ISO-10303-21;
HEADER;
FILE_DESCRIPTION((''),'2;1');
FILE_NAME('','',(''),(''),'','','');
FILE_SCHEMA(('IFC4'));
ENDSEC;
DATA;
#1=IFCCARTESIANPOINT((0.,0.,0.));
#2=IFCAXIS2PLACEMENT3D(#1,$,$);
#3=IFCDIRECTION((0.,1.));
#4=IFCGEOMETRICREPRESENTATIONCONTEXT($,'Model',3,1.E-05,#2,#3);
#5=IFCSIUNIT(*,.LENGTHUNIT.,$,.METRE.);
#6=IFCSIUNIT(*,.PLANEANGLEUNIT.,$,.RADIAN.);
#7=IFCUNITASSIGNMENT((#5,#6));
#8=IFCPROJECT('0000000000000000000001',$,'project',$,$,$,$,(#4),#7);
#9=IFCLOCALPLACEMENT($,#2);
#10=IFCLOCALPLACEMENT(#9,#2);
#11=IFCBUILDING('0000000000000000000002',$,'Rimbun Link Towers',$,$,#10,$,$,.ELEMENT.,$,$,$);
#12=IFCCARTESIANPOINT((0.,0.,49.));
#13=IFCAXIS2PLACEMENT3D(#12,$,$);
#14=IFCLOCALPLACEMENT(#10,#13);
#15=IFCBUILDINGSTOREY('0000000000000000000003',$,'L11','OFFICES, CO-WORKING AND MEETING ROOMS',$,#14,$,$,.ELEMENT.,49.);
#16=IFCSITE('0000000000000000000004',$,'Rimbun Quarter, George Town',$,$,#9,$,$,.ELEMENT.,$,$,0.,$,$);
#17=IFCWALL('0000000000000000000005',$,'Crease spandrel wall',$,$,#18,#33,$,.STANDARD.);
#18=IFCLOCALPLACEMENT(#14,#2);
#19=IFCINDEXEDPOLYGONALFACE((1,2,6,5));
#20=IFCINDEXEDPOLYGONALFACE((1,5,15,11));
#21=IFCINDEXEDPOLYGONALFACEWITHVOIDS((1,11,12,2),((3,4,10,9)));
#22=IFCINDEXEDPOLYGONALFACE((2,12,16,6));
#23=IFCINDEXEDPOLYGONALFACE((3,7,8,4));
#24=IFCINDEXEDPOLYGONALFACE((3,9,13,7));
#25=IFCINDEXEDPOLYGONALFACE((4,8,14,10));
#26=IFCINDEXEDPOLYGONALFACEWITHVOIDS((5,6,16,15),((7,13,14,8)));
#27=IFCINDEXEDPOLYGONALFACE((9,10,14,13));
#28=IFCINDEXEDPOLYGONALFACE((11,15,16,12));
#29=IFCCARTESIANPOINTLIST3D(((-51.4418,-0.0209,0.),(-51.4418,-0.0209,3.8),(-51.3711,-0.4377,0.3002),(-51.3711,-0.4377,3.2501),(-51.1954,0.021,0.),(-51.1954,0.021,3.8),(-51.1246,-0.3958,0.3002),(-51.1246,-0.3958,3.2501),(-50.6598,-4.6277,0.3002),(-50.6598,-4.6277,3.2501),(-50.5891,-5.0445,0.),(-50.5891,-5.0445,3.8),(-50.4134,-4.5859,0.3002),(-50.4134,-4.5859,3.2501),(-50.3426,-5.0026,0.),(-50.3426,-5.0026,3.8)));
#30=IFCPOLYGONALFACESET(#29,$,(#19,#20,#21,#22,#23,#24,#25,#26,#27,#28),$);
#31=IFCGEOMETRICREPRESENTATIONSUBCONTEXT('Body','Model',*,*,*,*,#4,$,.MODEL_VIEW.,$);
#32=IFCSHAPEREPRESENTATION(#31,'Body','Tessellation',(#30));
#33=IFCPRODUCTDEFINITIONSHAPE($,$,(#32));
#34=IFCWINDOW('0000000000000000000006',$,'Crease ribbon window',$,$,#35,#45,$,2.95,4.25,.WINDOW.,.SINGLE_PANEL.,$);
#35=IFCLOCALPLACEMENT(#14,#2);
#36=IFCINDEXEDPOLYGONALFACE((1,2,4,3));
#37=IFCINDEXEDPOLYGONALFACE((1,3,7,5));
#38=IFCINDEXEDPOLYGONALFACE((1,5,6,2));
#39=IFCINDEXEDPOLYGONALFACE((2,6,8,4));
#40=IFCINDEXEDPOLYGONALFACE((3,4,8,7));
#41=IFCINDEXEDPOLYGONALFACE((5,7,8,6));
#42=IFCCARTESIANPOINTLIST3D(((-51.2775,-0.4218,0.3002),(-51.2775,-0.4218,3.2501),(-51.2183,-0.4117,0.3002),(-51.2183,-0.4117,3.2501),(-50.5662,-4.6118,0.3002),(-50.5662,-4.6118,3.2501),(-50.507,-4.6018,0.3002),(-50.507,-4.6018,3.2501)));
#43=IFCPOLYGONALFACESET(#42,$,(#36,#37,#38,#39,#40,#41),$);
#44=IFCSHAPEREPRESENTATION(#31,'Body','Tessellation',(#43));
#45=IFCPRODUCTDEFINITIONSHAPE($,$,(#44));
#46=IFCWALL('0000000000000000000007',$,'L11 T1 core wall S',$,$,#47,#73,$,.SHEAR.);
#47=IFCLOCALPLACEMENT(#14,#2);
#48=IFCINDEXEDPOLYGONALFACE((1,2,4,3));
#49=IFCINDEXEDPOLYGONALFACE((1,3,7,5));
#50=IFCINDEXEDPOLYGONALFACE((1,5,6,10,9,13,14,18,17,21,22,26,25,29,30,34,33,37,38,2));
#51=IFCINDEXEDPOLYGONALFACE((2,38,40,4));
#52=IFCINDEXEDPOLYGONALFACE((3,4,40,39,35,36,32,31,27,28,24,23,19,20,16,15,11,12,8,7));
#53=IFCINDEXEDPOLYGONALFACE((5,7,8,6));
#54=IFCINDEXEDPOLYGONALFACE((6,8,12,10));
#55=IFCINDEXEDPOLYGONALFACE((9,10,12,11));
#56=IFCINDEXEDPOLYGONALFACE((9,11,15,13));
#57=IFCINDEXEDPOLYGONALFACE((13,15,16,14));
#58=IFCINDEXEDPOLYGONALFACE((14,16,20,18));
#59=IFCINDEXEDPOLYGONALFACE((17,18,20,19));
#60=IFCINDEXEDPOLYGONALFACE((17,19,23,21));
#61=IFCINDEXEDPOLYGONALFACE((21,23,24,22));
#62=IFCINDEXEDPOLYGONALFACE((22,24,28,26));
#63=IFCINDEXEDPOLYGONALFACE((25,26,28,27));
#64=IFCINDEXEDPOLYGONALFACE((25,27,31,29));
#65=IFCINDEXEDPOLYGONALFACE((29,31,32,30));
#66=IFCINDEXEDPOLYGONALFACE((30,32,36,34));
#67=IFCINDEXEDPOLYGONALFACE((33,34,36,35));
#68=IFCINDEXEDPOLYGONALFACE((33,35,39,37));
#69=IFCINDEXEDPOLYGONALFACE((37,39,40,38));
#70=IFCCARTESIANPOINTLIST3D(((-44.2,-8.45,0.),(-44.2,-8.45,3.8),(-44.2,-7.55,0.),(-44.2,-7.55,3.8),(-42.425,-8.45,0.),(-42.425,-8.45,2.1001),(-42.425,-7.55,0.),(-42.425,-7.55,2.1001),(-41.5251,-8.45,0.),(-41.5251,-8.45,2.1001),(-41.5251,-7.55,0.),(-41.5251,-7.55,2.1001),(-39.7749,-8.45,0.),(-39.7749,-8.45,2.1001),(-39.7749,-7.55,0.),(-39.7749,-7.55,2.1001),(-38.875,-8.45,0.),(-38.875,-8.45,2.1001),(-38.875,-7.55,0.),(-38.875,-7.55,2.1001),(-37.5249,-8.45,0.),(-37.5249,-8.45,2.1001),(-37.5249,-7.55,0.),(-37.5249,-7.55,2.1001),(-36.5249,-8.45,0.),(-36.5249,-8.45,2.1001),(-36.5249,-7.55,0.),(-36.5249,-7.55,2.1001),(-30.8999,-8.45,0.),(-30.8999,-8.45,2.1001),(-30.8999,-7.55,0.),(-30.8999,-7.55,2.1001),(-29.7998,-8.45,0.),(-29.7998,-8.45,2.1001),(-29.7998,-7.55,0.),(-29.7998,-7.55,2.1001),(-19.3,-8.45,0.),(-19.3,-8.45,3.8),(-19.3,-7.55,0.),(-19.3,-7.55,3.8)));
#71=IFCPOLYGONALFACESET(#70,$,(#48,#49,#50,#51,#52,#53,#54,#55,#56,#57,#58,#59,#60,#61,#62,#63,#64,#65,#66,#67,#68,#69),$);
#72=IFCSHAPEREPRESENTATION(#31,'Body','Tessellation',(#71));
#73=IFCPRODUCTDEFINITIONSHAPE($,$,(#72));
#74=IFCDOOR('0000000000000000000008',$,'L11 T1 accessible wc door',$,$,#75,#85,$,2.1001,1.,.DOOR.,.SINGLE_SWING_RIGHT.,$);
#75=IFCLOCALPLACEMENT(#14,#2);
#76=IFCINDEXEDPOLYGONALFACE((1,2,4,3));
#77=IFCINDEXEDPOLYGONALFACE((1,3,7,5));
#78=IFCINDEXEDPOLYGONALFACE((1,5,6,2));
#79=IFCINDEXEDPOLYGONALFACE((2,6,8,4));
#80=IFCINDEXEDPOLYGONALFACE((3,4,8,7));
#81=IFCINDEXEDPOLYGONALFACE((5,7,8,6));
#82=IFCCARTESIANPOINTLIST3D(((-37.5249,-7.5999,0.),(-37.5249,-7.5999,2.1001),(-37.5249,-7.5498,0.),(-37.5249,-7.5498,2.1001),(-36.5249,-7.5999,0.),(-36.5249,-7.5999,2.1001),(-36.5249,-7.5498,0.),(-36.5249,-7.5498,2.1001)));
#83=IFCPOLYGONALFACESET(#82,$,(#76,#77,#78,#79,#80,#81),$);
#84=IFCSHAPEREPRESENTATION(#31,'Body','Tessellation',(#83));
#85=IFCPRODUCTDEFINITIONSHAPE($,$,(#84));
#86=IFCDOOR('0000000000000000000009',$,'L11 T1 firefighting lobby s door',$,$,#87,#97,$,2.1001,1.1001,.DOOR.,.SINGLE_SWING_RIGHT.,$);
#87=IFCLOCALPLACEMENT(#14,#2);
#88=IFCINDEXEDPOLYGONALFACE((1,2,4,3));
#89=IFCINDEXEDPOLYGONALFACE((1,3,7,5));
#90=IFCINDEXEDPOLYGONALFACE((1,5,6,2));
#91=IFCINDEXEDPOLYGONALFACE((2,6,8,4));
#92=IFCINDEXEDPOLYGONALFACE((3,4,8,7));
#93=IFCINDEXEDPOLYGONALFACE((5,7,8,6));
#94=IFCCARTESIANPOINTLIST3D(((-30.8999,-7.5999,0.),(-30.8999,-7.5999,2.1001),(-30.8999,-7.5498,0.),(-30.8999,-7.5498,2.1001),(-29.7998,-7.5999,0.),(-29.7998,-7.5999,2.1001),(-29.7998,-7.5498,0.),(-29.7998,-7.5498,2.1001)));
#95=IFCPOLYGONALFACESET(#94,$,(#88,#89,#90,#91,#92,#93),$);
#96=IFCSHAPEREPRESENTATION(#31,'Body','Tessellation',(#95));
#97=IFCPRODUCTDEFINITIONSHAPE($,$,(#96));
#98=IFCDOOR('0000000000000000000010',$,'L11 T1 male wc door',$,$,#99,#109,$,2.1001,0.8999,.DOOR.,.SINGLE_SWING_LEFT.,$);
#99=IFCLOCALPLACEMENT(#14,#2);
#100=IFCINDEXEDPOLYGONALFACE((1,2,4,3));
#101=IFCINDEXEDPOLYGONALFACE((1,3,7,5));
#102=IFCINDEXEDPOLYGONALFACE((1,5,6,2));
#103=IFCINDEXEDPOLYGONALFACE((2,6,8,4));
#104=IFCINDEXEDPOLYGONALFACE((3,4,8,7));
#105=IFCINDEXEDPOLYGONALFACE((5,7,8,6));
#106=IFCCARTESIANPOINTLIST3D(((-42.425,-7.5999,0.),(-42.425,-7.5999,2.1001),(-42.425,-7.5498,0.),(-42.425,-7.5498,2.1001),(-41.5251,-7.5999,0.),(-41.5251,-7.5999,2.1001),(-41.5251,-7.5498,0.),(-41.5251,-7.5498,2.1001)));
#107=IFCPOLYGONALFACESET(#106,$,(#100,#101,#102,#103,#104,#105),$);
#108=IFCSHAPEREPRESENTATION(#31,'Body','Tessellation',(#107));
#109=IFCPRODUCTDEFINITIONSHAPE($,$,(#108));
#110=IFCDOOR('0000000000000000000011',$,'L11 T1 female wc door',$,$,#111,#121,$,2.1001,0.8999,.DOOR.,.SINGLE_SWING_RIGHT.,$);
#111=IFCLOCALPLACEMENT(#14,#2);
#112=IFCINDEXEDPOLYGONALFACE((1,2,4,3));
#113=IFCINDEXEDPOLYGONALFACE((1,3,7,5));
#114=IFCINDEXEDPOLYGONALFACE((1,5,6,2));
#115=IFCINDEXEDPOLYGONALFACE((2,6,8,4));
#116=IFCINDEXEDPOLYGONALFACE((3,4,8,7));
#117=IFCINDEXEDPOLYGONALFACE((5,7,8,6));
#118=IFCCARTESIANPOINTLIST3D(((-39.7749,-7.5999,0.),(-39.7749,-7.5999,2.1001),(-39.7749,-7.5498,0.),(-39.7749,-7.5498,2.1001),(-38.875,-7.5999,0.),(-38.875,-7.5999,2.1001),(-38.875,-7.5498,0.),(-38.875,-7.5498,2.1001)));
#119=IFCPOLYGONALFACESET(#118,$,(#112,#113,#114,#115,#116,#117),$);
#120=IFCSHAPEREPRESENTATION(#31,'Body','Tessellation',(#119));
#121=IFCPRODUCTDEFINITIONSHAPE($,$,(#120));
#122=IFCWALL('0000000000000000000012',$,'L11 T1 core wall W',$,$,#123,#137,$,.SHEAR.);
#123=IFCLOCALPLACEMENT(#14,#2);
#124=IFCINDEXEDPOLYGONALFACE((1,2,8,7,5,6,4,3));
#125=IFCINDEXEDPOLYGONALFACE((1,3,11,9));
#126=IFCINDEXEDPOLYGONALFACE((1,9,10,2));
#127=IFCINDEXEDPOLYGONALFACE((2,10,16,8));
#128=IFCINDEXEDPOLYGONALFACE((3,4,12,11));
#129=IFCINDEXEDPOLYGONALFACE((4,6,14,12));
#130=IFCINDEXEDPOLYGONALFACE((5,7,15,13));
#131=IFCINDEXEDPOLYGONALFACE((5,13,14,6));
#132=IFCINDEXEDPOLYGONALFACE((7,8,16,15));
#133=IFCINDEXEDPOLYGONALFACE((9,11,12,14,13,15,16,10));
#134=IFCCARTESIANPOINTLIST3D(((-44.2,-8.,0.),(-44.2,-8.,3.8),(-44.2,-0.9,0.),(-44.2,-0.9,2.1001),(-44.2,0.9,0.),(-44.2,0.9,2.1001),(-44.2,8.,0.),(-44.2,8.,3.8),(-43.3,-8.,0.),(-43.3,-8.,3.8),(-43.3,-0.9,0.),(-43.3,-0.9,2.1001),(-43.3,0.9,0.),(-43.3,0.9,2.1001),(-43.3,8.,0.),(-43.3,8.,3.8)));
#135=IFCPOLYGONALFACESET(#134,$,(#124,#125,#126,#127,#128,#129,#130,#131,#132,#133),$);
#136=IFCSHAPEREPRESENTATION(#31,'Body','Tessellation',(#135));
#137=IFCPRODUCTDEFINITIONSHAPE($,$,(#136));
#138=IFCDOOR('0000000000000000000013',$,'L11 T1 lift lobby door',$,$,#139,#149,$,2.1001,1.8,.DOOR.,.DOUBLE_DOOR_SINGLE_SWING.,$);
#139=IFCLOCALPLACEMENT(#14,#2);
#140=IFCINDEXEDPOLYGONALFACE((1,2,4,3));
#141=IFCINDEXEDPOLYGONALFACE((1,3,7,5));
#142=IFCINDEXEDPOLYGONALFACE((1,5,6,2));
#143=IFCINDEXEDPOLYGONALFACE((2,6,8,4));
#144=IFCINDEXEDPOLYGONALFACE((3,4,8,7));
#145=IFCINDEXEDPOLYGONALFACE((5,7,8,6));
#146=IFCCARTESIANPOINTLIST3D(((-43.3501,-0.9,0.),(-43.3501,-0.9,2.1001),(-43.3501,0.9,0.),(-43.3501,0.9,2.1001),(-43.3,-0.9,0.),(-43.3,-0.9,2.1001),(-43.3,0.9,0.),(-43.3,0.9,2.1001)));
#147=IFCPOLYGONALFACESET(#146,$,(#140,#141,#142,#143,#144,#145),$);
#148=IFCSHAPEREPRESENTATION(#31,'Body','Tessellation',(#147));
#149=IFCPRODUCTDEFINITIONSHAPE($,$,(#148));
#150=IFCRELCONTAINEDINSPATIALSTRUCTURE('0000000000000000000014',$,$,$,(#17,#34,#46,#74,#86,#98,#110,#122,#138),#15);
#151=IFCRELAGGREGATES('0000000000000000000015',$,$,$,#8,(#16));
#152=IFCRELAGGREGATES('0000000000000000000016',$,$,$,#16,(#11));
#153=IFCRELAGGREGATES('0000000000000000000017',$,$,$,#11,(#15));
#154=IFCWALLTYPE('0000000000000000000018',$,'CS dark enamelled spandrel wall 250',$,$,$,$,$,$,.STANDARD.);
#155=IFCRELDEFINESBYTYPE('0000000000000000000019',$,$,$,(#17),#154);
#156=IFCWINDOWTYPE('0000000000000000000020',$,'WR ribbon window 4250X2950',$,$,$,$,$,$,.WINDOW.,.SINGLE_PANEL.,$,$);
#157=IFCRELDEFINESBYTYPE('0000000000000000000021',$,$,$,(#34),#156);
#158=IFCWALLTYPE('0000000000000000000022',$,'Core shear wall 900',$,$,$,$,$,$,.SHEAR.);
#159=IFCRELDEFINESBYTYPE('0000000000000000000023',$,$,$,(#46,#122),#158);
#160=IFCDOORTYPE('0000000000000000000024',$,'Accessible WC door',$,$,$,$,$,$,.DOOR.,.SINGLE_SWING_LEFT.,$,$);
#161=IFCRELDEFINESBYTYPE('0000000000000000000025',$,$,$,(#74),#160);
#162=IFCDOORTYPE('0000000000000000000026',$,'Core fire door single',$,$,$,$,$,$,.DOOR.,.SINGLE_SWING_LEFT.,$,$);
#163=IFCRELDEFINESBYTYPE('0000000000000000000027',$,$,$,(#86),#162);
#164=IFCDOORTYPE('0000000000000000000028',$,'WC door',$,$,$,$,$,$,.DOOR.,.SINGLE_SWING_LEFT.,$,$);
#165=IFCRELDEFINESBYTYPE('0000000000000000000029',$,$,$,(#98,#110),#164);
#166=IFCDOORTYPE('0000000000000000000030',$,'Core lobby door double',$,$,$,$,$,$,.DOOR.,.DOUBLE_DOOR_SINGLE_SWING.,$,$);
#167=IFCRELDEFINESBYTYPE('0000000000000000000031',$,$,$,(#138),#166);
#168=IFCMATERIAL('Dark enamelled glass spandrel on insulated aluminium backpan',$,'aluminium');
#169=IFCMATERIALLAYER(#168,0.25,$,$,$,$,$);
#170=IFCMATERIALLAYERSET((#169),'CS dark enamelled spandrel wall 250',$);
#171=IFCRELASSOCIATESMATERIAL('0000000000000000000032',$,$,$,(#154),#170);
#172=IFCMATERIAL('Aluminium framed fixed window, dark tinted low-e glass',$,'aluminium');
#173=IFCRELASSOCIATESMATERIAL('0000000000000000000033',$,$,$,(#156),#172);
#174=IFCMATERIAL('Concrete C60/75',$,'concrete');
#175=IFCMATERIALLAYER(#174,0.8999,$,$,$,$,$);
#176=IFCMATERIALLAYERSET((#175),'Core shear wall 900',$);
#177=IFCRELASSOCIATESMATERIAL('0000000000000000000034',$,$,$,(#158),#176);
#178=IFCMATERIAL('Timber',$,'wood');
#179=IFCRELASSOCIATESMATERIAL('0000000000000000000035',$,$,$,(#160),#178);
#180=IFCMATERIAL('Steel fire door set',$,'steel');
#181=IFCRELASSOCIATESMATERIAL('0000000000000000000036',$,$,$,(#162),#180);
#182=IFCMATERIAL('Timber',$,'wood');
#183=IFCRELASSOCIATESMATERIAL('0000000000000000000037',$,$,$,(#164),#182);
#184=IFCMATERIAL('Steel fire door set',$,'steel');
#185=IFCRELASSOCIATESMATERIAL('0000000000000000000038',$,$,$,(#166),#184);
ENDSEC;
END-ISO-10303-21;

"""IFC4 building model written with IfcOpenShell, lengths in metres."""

from ifc_helpers import new_model, si_unit, direction, frame, frame_2d, origin, place, context, subcontext, project, spatial, rectangle, extrude, material, layer, layer_set, type_object, element, fill, save


model = new_model("IFC4")

# Units and contexts
model_context = context("Model", 3, precision=1e-05, world=origin(), true_north=direction((0.0, 1.0)))
body_context = subcontext(model_context, "Body", "Model", "MODEL_VIEW")
ifc_project = project(units=[si_unit("LENGTHUNIT", "METRE"), si_unit("PLANEANGLEUNIT", "RADIAN")], contexts=[model_context])

# Site, building, storey
site_placement = place(None, origin())
site = spatial("IfcSite", under=ifc_project, at=site_placement, Name="Rimbun Quarter, George Town", CompositionType="ELEMENT", RefElevation=0.0)
building_placement = place(site_placement, origin())
building = spatial("IfcBuilding", under=site, at=building_placement, Name="Rimbun Link Towers", CompositionType="ELEMENT")
storey_placement = place(building_placement, frame((0.0, 0.0, 49.0)))
storey = spatial("IfcBuildingStorey", under=building, at=storey_placement, Name="L11", Description="OFFICES, CO-WORKING AND MEETING ROOMS", CompositionType="ELEMENT", Elevation=49.0)

# Wall, opening, window
ifc_material_1 = material(Name="Dark enamelled glass spandrel on insulated aluminium backpan", Category="aluminium")
ifc_layer_1 = layer(ifc_material_1, 0.25)
ifc_layer_set_1 = layer_set([ifc_layer_1], Name="CS dark enamelled spandrel wall 250")
wall_type_1 = type_object("IfcWallType", Name="CS dark enamelled spandrel wall 250", PredefinedType="STANDARD", material=ifc_layer_set_1)
wall_1_placement = place(storey_placement, frame((-50.4658, -5.0237, 0.0), z_axis=(0.0, 0.0, 1.0), x_axis=(-0.167358, 0.985896, 0.0)))
wall_1 = element("IfcWall", 1, at=wall_1_placement, inside=storey, type_object=wall_type_1, Name="Crease spandrel wall", PredefinedType="STANDARD", context=body_context, shape_type="SweptSolid", body=[
    extrude(rectangle(XDim=5.0955, YDim=0.25, at=frame_2d((2.5479, 0.0))), origin(), (0.0, 0.0, 1.0), 3.8),
])
opening_1_placement = place(wall_1_placement, frame((0.4229, 0.0, 0.3)))
opening_1 = element("IfcOpeningElement", 2, at=opening_1_placement, cuts=wall_1, PredefinedType="OPENING", context=body_context, shape_type="SweptSolid", body=[
    extrude(rectangle(XDim=4.25, YDim=2.95, at=frame_2d((2.125, 1.4751))), frame((0.0, 0.135, 0.0), z_axis=(0.0, -1.0, 0.0), x_axis=(1.0, 0.0, 0.0)), (0.0, 0.0, 1.0), 0.27),
])
ifc_material_2 = material(Name="Aluminium framed fixed window, dark tinted low-e glass", Category="aluminium")
window_type_1 = type_object("IfcWindowType", Name="WR ribbon window 4250X2950", PartitioningType="SINGLE_PANEL", PredefinedType="WINDOW", material=ifc_material_2)
window_1_placement = place(opening_1_placement, origin())
window_1 = element("IfcWindow", 3, at=window_1_placement, inside=storey, type_object=window_type_1, Name="Crease ribbon window", OverallHeight=2.95, OverallWidth=4.25, PartitioningType="SINGLE_PANEL", PredefinedType="WINDOW", context=body_context, shape_type="SweptSolid", body=[
    extrude(rectangle(XDim=4.25, YDim=2.95, at=frame_2d((2.125, 1.4751))), frame((0.0, 0.03, 0.0), z_axis=(0.0, -1.0, 0.0), x_axis=(1.0, 0.0, 0.0)), (0.0, 0.0, 1.0), 0.0601),
])
fill(opening_1, window_1)

# Wall, openings, doors
ifc_material_3 = material(Name="Concrete C60/75", Category="concrete")
ifc_layer_2 = layer(ifc_material_3, 0.8999)
ifc_layer_set_2 = layer_set([ifc_layer_2], Name="Core shear wall 900")
wall_type_2 = type_object("IfcWallType", Name="Core shear wall 900", PredefinedType="SHEAR", material=ifc_layer_set_2)
wall_2_placement = place(storey_placement, frame((-44.2, -8.0, 0.0), z_axis=(0.0, 0.0, 1.0), x_axis=(1.0, 0.0, 0.0)))
wall_2 = element("IfcWall", 4, at=wall_2_placement, inside=storey, type_object=wall_type_2, Name="L11 T1 core wall S", PredefinedType="SHEAR", context=body_context, shape_type="SweptSolid", body=[
    extrude(rectangle(XDim=24.8999, YDim=0.8999, at=frame_2d((12.45, 0.0))), origin(), (0.0, 0.0, 1.0), 3.8),
])
opening_2_placement = place(wall_2_placement, frame((13.3, 0.0, 0.0)))
opening_2 = element("IfcOpeningElement", 5, at=opening_2_placement, cuts=wall_2, PredefinedType="OPENING", context=body_context, shape_type="SweptSolid", body=[
    extrude(rectangle(XDim=1.1001, YDim=2.1001, at=frame_2d((0.55, 1.05))), frame((0.0, 0.46, 0.0), z_axis=(0.0, -1.0, 0.0), x_axis=(1.0, 0.0, 0.0)), (0.0, 0.0, 1.0), 0.9199),
])
opening_3_placement = place(wall_2_placement, frame((1.7749, 0.0, 0.0)))
opening_3 = element("IfcOpeningElement", 6, at=opening_3_placement, cuts=wall_2, PredefinedType="OPENING", context=body_context, shape_type="SweptSolid", body=[
    extrude(rectangle(XDim=0.8999, YDim=2.1001, at=frame_2d((0.45, 1.05))), frame((0.0, 0.46, 0.0), z_axis=(0.0, -1.0, 0.0), x_axis=(1.0, 0.0, 0.0)), (0.0, 0.0, 1.0), 0.9199),
])
opening_4_placement = place(wall_2_placement, frame((4.425, 0.0, 0.0)))
opening_4 = element("IfcOpeningElement", 7, at=opening_4_placement, cuts=wall_2, PredefinedType="OPENING", context=body_context, shape_type="SweptSolid", body=[
    extrude(rectangle(XDim=0.8999, YDim=2.1001, at=frame_2d((0.45, 1.05))), frame((0.0, 0.46, 0.0), z_axis=(0.0, -1.0, 0.0), x_axis=(1.0, 0.0, 0.0)), (0.0, 0.0, 1.0), 0.9199),
])
opening_5_placement = place(wall_2_placement, frame((6.675, 0.0, 0.0)))
opening_5 = element("IfcOpeningElement", 8, at=opening_5_placement, cuts=wall_2, PredefinedType="OPENING", context=body_context, shape_type="SweptSolid", body=[
    extrude(rectangle(XDim=1.0, YDim=2.1001, at=frame_2d((0.5, 1.05))), frame((0.0, 0.46, 0.0), z_axis=(0.0, -1.0, 0.0), x_axis=(1.0, 0.0, 0.0)), (0.0, 0.0, 1.0), 0.9199),
])
ifc_material_4 = material(Name="Timber", Category="wood")
door_type_1 = type_object("IfcDoorType", Name="Accessible WC door", OperationType="SINGLE_SWING_LEFT", PredefinedType="DOOR", material=ifc_material_4)
door_1_placement = place(opening_5_placement, origin())
door_1 = element("IfcDoor", 9, at=door_1_placement, inside=storey, type_object=door_type_1, Name="L11 T1 accessible wc door", OperationType="SINGLE_SWING_RIGHT", OverallHeight=2.1001, OverallWidth=1.0, PredefinedType="DOOR", context=body_context, shape_type="SweptSolid", body=[
    extrude(rectangle(XDim=1.0, YDim=2.1001, at=frame_2d((0.5, 1.05))), frame((0.0, 0.4502, 0.0), z_axis=(0.0, -1.0, 0.0), x_axis=(1.0, 0.0, 0.0)), (0.0, 0.0, 1.0), 0.05),
])
fill(opening_5, door_1)
ifc_material_5 = material(Name="Steel fire door set", Category="steel")
door_type_2 = type_object("IfcDoorType", Name="Core fire door single", OperationType="SINGLE_SWING_LEFT", PredefinedType="DOOR", material=ifc_material_5)
door_2_placement = place(opening_2_placement, origin())
door_2 = element("IfcDoor", 10, at=door_2_placement, inside=storey, type_object=door_type_2, Name="L11 T1 firefighting lobby s door", OperationType="SINGLE_SWING_RIGHT", OverallHeight=2.1001, OverallWidth=1.1001, PredefinedType="DOOR", context=body_context, shape_type="SweptSolid", body=[
    extrude(rectangle(XDim=1.1001, YDim=2.1001, at=frame_2d((0.55, 1.05))), frame((0.0, 0.4502, 0.0), z_axis=(0.0, -1.0, 0.0), x_axis=(1.0, 0.0, 0.0)), (0.0, 0.0, 1.0), 0.05),
])
fill(opening_2, door_2)
ifc_material_6 = material(Name="Timber", Category="wood")
door_type_3 = type_object("IfcDoorType", Name="WC door", OperationType="SINGLE_SWING_LEFT", PredefinedType="DOOR", material=ifc_material_6)
door_3_placement = place(opening_3_placement, origin())
door_3 = element("IfcDoor", 11, at=door_3_placement, inside=storey, type_object=door_type_3, Name="L11 T1 male wc door", OperationType="SINGLE_SWING_LEFT", OverallHeight=2.1001, OverallWidth=0.8999, PredefinedType="DOOR", context=body_context, shape_type="SweptSolid", body=[
    extrude(rectangle(XDim=0.8999, YDim=2.1001, at=frame_2d((0.45, 1.05))), frame((0.0, 0.4502, 0.0), z_axis=(0.0, -1.0, 0.0), x_axis=(1.0, 0.0, 0.0)), (0.0, 0.0, 1.0), 0.05),
])
fill(opening_3, door_3)
door_4_placement = place(opening_4_placement, origin())
door_4 = element("IfcDoor", 12, at=door_4_placement, inside=storey, type_object=door_type_3, Name="L11 T1 female wc door", OperationType="SINGLE_SWING_RIGHT", OverallHeight=2.1001, OverallWidth=0.8999, PredefinedType="DOOR", context=body_context, shape_type="SweptSolid", body=[
    extrude(rectangle(XDim=0.8999, YDim=2.1001, at=frame_2d((0.45, 1.05))), frame((0.0, 0.4502, 0.0), z_axis=(0.0, -1.0, 0.0), x_axis=(1.0, 0.0, 0.0)), (0.0, 0.0, 1.0), 0.05),
])
fill(opening_4, door_4)

# Wall, opening, door
wall_3_placement = place(storey_placement, frame((-43.75, -8.0, 0.0), z_axis=(0.0, 0.0, 1.0), x_axis=(0.0, 1.0, 0.0)))
wall_3 = element("IfcWall", 13, at=wall_3_placement, inside=storey, type_object=wall_type_2, Name="L11 T1 core wall W", PredefinedType="SHEAR", context=body_context, shape_type="SweptSolid", body=[
    extrude(rectangle(XDim=16.0, YDim=0.8999, at=frame_2d((8.0, 0.0))), origin(), (0.0, 0.0, 1.0), 3.8),
])
opening_6_placement = place(wall_3_placement, frame((7.1001, 0.0, 0.0)))
opening_6 = element("IfcOpeningElement", 14, at=opening_6_placement, cuts=wall_3, PredefinedType="OPENING", context=body_context, shape_type="SweptSolid", body=[
    extrude(rectangle(XDim=1.8, YDim=2.1001, at=frame_2d((0.8999, 1.05))), frame((0.0, 0.46, 0.0), z_axis=(0.0, -1.0, 0.0), x_axis=(1.0, 0.0, 0.0)), (0.0, 0.0, 1.0), 0.9199),
])
ifc_material_7 = material(Name="Steel fire door set", Category="steel")
door_type_4 = type_object("IfcDoorType", Name="Core lobby door double", OperationType="DOUBLE_DOOR_SINGLE_SWING", PredefinedType="DOOR", material=ifc_material_7)
door_5_placement = place(opening_6_placement, origin())
door_5 = element("IfcDoor", 15, at=door_5_placement, inside=storey, type_object=door_type_4, Name="L11 T1 lift lobby door", OperationType="DOUBLE_DOOR_SINGLE_SWING", OverallHeight=2.1001, OverallWidth=1.8, PredefinedType="DOOR", context=body_context, shape_type="SweptSolid", body=[
    extrude(rectangle(XDim=1.8, YDim=2.1001, at=frame_2d((0.8999, 1.05))), frame((0.0, -0.3999, 0.0), z_axis=(0.0, -1.0, 0.0), x_axis=(1.0, 0.0, 0.0)), (0.0, 0.0, 1.0), 0.05),
])
fill(opening_6, door_5)

save(model, "model.ifc")
